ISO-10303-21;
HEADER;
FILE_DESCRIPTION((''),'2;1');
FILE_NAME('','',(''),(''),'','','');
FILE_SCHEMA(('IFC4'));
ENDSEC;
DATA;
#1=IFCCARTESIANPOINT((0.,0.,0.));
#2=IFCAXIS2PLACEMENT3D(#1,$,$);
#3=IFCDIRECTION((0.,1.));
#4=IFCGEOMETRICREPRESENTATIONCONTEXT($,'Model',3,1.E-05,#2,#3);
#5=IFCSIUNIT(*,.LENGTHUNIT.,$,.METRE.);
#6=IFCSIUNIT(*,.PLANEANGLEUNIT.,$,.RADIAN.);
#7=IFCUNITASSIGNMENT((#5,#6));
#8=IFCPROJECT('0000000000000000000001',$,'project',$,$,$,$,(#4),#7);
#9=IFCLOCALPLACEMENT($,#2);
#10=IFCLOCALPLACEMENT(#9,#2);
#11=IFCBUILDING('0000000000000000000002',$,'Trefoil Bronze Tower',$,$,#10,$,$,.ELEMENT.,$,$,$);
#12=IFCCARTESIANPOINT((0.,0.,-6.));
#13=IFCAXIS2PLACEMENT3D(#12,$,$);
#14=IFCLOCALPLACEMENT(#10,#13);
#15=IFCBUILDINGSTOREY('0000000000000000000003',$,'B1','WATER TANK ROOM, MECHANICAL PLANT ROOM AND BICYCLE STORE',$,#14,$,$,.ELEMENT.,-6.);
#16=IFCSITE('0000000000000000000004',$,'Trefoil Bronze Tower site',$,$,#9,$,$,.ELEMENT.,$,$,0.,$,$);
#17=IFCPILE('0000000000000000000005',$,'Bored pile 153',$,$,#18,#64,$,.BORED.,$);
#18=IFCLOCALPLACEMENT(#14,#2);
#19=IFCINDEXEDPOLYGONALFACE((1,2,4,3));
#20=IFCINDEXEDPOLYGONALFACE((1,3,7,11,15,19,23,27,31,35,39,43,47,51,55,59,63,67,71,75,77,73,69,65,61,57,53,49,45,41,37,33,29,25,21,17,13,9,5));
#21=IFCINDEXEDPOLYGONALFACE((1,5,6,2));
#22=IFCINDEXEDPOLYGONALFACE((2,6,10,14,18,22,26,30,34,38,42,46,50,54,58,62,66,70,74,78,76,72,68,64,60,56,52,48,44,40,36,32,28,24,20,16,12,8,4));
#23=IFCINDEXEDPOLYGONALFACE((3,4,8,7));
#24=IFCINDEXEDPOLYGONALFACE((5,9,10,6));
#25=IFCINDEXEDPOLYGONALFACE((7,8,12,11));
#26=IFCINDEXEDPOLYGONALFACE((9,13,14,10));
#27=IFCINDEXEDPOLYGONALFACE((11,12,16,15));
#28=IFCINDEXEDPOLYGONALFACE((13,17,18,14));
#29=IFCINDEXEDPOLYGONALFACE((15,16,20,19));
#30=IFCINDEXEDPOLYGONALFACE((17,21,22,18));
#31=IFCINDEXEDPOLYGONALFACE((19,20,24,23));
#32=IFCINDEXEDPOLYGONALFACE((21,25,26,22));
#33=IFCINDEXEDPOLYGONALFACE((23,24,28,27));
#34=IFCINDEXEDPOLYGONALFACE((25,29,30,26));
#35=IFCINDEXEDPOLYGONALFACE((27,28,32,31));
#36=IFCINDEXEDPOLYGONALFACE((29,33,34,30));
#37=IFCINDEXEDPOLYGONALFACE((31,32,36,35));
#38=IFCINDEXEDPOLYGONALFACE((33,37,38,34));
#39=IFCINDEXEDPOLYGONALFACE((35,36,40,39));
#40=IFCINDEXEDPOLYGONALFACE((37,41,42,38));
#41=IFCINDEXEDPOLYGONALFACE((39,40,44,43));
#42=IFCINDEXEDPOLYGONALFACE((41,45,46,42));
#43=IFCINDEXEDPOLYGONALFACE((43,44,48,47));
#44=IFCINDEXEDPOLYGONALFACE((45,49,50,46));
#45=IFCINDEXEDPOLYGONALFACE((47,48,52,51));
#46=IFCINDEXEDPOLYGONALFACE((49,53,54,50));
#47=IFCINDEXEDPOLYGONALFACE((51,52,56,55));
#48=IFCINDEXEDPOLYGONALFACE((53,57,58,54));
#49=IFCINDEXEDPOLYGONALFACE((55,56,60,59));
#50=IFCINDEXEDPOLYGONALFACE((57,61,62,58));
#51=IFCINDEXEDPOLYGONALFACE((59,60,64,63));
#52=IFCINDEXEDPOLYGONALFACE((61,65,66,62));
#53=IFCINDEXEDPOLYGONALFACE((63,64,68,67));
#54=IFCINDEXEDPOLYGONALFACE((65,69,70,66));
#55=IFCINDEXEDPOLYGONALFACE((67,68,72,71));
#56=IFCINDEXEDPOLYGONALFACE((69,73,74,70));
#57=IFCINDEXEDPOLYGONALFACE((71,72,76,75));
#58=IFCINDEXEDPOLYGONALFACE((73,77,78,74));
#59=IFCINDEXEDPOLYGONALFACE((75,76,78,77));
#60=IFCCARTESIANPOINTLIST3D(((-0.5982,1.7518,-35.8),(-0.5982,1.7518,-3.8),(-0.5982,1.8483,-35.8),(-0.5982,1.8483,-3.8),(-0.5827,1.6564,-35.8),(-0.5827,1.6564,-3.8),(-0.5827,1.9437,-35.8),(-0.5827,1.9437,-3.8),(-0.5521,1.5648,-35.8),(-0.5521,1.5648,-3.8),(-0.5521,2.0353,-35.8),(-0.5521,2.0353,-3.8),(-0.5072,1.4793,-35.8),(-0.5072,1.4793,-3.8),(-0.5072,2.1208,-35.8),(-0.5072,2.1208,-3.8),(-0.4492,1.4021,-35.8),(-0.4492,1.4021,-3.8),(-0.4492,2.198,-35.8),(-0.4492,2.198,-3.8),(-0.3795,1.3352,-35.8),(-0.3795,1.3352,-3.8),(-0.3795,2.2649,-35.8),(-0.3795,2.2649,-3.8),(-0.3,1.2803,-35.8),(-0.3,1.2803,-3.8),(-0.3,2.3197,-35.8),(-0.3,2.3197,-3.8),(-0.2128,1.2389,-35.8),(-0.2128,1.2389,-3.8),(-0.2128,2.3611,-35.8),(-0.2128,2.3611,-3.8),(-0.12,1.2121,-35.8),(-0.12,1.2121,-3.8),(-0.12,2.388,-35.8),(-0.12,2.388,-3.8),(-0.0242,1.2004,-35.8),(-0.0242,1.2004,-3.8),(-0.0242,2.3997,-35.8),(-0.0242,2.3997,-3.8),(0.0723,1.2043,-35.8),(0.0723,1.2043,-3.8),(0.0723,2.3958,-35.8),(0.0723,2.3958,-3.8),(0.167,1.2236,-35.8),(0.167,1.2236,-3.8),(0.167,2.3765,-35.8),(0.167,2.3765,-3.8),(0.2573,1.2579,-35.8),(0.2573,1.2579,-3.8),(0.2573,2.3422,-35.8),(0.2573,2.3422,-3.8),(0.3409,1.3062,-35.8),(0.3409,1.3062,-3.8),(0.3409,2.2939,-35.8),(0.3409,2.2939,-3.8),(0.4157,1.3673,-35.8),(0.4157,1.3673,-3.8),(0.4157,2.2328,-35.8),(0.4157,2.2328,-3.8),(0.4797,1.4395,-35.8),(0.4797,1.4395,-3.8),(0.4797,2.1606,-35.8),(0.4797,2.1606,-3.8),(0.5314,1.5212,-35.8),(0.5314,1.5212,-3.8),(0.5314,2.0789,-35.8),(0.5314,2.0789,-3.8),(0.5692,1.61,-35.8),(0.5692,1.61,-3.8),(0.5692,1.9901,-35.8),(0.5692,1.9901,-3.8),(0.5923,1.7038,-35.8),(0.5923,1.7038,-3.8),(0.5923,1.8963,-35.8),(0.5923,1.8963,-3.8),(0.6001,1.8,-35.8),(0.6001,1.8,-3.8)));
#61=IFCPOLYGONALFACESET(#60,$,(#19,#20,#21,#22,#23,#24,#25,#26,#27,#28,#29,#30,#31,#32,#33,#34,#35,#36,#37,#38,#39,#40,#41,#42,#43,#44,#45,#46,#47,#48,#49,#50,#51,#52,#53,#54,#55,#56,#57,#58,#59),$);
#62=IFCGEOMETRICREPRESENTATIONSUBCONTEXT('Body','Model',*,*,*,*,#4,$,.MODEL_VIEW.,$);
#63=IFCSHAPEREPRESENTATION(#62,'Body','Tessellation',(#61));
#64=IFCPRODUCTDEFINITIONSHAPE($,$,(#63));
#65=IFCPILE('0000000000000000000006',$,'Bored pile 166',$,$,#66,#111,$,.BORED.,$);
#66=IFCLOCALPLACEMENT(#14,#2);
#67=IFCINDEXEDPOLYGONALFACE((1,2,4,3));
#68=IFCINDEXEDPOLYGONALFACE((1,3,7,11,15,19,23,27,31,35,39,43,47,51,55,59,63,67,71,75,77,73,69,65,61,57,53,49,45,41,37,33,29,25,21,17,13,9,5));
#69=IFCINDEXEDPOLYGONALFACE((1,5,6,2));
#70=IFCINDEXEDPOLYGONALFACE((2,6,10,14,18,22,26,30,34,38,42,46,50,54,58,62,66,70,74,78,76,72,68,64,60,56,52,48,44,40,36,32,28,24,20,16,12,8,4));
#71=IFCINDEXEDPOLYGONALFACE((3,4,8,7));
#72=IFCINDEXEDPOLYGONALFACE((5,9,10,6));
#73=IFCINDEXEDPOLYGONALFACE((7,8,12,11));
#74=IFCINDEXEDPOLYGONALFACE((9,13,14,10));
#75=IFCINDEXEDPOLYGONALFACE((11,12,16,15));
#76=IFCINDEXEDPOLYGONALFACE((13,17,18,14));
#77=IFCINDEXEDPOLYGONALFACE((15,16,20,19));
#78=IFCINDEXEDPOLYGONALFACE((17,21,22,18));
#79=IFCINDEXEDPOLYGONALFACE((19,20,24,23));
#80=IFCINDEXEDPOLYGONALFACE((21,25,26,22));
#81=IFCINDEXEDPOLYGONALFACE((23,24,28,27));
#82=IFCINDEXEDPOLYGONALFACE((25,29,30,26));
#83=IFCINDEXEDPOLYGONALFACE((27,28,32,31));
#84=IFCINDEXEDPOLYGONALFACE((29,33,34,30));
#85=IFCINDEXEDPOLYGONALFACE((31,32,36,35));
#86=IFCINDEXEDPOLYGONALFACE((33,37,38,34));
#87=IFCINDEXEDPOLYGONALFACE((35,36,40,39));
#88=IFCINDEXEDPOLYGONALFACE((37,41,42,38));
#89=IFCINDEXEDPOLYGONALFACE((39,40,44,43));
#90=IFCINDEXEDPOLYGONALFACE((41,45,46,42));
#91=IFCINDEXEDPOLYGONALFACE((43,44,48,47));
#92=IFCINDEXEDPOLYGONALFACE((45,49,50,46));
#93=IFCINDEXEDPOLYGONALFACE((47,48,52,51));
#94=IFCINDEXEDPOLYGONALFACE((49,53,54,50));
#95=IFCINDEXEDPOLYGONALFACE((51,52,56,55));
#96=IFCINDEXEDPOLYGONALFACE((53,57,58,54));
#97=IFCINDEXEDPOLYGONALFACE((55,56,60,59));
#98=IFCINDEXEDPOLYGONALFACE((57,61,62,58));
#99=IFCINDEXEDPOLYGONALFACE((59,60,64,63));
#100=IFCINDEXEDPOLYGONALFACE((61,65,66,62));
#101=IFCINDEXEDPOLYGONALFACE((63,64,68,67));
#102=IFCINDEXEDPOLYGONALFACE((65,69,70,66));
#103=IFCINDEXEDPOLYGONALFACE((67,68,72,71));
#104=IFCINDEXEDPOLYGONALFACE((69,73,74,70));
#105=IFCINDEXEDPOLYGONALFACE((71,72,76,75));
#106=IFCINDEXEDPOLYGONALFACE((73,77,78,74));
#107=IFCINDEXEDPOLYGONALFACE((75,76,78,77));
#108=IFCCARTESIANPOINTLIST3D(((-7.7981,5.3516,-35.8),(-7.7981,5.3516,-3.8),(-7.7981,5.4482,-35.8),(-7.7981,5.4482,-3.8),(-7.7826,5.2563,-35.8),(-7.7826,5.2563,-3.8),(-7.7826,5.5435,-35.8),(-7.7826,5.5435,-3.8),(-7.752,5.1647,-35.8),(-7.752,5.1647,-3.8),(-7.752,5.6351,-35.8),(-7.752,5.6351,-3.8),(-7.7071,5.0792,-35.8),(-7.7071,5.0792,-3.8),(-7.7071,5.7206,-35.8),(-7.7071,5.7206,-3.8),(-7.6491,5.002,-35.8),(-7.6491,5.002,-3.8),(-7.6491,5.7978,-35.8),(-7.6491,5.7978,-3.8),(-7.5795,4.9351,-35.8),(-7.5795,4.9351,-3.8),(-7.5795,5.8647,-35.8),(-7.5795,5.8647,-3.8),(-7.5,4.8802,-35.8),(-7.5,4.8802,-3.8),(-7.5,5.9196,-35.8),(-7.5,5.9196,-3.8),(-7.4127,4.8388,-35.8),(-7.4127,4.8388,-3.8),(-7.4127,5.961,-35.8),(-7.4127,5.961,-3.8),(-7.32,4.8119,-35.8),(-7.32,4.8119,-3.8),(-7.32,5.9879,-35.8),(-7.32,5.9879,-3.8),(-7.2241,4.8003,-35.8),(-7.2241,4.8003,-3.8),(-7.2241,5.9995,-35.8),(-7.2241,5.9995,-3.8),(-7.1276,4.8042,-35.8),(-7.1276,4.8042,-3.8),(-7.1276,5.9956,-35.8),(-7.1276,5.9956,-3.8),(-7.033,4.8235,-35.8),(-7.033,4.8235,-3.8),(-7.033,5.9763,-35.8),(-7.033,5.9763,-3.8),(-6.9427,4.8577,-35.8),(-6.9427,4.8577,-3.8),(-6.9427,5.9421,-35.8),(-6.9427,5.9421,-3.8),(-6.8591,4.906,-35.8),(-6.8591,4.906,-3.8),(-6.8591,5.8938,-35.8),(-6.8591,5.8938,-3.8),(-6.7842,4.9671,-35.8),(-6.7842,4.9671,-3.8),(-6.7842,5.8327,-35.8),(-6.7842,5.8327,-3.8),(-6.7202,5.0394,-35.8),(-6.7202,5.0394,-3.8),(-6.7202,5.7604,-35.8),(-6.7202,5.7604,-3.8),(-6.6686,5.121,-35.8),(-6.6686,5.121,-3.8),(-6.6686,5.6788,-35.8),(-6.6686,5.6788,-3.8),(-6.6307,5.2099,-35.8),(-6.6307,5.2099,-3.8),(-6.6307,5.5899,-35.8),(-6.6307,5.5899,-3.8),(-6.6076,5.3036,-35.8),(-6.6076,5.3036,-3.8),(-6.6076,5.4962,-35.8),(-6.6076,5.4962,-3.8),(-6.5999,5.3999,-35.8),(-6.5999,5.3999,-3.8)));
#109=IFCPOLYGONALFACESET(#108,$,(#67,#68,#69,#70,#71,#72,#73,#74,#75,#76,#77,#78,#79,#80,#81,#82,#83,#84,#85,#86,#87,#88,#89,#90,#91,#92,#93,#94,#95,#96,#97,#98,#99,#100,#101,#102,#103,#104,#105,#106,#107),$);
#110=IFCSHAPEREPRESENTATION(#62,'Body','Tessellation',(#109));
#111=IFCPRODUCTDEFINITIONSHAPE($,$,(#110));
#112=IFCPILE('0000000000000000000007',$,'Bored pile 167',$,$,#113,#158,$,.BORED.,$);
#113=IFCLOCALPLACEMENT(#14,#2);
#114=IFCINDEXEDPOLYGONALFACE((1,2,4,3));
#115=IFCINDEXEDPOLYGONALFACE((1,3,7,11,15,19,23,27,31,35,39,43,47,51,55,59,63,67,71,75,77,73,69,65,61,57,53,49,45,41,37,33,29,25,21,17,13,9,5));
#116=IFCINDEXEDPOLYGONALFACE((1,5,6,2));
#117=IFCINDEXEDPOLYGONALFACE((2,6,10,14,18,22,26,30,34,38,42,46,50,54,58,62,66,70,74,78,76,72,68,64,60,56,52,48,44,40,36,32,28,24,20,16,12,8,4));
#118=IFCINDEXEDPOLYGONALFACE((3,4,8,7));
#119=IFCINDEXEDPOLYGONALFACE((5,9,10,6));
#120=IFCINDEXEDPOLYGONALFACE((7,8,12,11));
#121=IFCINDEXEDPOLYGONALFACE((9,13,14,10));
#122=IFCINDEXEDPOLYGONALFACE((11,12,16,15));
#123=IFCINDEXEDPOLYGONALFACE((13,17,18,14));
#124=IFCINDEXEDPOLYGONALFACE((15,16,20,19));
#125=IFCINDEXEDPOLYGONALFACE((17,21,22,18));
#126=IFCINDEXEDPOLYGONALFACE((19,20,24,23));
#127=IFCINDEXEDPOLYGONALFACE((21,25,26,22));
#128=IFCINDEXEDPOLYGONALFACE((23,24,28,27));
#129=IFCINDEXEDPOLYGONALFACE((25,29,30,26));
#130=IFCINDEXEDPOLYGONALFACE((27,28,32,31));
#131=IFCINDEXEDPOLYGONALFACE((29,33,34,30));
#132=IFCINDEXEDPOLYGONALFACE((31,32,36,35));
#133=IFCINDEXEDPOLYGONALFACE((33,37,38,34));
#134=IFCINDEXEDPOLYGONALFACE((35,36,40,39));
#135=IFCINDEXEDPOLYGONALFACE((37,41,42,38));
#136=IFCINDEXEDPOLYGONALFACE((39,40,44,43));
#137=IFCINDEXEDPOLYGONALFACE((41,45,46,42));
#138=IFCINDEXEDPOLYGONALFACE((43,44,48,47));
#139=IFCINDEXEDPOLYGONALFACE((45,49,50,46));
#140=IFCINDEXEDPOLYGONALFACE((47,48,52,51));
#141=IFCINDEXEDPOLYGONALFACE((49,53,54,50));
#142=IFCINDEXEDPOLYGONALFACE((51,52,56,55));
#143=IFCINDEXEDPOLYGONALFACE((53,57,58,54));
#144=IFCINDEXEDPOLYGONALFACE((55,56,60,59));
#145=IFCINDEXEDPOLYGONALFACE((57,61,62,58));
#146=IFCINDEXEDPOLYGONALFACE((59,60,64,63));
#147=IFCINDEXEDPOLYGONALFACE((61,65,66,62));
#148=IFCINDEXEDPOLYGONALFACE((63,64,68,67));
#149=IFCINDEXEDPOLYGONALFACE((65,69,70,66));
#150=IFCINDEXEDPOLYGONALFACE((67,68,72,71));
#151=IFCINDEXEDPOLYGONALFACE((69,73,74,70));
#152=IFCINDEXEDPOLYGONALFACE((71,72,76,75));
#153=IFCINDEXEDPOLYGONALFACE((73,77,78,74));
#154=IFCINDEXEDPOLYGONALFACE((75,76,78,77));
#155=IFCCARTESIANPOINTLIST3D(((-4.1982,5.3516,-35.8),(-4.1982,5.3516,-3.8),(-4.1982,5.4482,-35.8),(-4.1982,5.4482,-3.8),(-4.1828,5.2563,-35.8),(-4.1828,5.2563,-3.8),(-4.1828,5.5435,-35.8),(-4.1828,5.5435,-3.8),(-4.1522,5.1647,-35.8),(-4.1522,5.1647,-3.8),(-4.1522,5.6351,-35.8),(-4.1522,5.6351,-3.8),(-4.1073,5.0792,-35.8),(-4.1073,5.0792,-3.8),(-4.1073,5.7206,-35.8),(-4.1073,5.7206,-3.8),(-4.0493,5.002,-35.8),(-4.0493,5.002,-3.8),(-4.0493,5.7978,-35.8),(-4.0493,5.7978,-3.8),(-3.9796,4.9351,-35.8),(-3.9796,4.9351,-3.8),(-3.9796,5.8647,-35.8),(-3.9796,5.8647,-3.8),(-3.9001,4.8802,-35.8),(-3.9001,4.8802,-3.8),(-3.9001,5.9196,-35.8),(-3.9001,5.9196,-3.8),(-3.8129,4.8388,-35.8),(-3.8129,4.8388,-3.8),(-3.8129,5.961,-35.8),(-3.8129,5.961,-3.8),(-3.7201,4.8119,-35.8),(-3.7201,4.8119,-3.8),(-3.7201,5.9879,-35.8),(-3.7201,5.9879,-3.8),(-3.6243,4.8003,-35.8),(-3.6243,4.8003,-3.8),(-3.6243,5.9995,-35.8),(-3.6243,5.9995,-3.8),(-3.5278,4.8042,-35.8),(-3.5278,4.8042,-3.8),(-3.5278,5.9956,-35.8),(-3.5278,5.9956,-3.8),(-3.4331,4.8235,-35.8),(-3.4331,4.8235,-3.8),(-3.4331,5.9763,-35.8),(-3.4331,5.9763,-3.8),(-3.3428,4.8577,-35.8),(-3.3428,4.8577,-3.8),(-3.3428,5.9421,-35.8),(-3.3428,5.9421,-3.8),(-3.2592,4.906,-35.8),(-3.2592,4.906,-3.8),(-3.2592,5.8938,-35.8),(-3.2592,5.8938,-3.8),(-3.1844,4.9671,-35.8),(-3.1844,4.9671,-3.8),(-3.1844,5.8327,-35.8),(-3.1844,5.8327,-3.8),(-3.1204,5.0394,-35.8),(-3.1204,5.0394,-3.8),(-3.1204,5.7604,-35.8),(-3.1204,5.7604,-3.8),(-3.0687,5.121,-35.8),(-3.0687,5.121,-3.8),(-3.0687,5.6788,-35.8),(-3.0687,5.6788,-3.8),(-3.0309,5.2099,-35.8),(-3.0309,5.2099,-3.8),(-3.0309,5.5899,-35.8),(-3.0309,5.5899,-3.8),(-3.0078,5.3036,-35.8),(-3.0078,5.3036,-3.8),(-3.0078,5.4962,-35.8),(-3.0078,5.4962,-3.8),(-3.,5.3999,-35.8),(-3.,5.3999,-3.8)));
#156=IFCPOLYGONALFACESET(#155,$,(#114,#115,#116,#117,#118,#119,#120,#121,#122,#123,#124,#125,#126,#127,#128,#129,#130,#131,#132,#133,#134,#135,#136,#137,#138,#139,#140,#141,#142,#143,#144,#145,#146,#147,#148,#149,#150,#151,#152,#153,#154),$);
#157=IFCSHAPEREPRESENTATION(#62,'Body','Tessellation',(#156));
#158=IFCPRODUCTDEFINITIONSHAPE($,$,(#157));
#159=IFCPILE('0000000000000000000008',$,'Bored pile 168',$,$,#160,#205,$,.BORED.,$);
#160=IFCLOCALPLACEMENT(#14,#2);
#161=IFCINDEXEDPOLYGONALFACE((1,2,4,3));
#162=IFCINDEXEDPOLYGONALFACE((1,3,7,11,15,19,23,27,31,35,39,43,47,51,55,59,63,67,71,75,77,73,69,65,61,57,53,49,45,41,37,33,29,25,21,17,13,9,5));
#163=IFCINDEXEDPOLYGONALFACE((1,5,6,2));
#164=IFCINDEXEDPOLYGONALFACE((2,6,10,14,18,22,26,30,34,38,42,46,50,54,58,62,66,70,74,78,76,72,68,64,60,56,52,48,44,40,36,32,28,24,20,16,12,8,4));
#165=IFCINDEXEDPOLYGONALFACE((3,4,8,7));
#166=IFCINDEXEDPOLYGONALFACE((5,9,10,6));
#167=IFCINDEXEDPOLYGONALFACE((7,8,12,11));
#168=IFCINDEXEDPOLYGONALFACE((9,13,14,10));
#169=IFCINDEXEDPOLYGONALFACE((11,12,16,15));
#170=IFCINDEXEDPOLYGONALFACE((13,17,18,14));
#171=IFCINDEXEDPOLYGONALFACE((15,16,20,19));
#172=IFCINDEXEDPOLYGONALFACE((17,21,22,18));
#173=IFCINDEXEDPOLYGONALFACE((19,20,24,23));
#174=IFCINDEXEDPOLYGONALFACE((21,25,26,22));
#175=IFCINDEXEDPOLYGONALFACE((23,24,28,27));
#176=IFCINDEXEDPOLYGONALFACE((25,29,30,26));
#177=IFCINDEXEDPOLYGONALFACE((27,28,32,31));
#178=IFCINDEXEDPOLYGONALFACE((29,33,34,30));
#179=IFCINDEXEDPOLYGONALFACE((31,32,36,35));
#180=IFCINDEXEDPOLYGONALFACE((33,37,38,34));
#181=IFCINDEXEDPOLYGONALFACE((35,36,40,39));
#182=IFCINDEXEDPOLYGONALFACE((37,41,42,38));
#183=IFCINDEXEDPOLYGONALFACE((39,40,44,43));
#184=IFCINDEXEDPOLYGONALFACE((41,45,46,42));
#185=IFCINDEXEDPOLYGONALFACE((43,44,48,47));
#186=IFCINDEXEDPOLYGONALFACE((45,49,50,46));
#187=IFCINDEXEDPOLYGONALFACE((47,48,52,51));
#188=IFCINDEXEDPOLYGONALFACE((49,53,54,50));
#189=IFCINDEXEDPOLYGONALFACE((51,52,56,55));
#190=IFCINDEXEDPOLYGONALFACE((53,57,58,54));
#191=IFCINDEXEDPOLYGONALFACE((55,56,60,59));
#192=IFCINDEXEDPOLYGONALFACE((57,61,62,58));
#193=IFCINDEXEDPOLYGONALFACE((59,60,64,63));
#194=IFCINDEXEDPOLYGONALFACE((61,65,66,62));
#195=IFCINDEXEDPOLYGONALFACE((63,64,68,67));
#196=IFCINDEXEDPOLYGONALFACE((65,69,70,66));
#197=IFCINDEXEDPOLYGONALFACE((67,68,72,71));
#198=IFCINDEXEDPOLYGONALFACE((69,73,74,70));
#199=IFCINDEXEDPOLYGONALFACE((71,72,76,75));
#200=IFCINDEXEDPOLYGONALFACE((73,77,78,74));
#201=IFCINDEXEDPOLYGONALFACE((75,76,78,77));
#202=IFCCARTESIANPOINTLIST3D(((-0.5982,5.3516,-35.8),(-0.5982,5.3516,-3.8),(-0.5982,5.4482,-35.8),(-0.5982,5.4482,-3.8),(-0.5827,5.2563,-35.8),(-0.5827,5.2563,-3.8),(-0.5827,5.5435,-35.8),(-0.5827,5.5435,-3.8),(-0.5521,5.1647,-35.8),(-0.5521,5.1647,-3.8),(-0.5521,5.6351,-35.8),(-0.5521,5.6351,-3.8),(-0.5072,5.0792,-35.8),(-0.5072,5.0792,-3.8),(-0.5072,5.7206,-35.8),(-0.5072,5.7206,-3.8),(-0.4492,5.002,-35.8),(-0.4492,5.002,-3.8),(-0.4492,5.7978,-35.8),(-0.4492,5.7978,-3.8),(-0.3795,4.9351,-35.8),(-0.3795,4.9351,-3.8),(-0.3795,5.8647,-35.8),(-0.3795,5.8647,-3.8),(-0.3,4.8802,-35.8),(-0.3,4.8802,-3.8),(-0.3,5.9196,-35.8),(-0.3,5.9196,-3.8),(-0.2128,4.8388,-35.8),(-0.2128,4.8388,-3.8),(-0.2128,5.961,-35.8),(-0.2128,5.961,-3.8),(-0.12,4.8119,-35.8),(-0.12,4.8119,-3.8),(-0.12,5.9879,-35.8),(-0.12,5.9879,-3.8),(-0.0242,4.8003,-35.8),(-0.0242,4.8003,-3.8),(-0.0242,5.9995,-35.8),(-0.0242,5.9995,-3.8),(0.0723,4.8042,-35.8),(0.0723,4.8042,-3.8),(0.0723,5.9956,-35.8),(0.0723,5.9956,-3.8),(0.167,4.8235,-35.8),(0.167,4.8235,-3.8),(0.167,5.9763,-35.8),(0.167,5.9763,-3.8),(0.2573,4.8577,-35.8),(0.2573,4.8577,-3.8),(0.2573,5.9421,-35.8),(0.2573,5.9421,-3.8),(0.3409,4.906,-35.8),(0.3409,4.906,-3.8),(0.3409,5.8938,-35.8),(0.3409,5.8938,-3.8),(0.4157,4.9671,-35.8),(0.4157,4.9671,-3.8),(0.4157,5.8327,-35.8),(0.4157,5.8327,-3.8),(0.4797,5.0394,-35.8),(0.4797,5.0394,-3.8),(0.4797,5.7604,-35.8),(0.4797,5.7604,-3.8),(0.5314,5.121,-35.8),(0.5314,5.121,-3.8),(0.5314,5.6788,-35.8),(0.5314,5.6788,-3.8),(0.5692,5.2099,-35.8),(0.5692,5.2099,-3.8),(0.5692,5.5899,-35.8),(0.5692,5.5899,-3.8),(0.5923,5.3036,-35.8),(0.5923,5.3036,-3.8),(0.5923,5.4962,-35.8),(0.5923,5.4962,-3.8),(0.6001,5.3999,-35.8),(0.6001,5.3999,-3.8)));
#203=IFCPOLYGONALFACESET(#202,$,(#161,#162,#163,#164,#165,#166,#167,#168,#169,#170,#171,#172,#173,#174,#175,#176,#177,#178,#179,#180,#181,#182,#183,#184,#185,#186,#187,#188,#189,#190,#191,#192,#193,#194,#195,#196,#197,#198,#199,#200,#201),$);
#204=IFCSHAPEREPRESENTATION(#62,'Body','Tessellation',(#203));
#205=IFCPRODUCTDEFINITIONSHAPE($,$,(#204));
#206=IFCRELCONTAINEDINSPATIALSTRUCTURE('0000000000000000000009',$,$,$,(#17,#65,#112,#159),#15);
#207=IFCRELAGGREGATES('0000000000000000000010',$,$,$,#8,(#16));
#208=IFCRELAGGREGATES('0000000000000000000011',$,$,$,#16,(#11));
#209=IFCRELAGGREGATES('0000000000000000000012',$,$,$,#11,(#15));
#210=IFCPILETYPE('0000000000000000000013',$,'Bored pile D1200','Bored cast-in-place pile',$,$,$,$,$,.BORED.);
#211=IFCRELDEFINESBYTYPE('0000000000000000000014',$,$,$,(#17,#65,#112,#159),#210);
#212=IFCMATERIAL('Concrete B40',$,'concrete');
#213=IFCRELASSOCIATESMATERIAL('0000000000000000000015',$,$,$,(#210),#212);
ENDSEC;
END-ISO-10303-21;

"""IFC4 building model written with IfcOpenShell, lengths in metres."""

from ifc_helpers import new_model, si_unit, direction, frame, origin, origin_2d, place, context, subcontext, project, spatial, circle, extrude, material, type_object, element, save


model = new_model("IFC4")

# Units and contexts
model_context = context("Model", 3, precision=1e-05, world=origin(), true_north=direction((0.0, 1.0)))
body_context = subcontext(model_context, "Body", "Model", "MODEL_VIEW")
ifc_project = project(units=[si_unit("LENGTHUNIT", "METRE"), si_unit("PLANEANGLEUNIT", "RADIAN")], contexts=[model_context])

# Site, building, storey
site_placement = place(None, origin())
site = spatial("IfcSite", under=ifc_project, at=site_placement, Name="Trefoil Bronze Tower site", CompositionType="ELEMENT", RefElevation=0.0)
building_placement = place(site_placement, origin())
building = spatial("IfcBuilding", under=site, at=building_placement, Name="Trefoil Bronze Tower", CompositionType="ELEMENT")
storey_placement = place(building_placement, frame((0.0, 0.0, -6.0)))
storey = spatial("IfcBuildingStorey", under=building, at=storey_placement, Name="B1", Description="WATER TANK ROOM, MECHANICAL PLANT ROOM AND BICYCLE STORE", CompositionType="ELEMENT", Elevation=-6.0)

# Piles
ifc_material_1 = material(Name="Concrete B40", Category="concrete")
pile_type = type_object("IfcPileType", Name="Bored pile D1200", Description="Bored cast-in-place pile", PredefinedType="BORED", material=ifc_material_1)
for number, where, z_axis, x_axis, name in (
    (1, (0.0, 1.8, -3.8), (0.0, 0.0, -1.0), (1.0, 0.0, 0.0), "Bored pile 153"),
    (2, (-7.2, 5.3999, -3.8), (0.0, 0.0, -1.0), (1.0, 0.0, 0.0), "Bored pile 166"),
    (3, (-3.6001, 5.3999, -3.8), (0.0, 0.0, -1.0), (1.0, 0.0, 0.0), "Bored pile 167"),
    (4, (0.0, 5.3999, -3.8), (0.0, 0.0, -1.0), (1.0, 0.0, 0.0), "Bored pile 168"),
):
    element("IfcPile", number, at=place(storey_placement, frame(where, z_axis=z_axis, x_axis=x_axis)), inside=storey, type_object=pile_type, Name=name, PredefinedType="BORED", context=body_context, shape_type="SweptSolid", body=[
        extrude(circle(Radius=0.6001, at=origin_2d()), origin(), (0.0, 0.0, 1.0), 32.0),
    ])

save(model, "model.ifc")
